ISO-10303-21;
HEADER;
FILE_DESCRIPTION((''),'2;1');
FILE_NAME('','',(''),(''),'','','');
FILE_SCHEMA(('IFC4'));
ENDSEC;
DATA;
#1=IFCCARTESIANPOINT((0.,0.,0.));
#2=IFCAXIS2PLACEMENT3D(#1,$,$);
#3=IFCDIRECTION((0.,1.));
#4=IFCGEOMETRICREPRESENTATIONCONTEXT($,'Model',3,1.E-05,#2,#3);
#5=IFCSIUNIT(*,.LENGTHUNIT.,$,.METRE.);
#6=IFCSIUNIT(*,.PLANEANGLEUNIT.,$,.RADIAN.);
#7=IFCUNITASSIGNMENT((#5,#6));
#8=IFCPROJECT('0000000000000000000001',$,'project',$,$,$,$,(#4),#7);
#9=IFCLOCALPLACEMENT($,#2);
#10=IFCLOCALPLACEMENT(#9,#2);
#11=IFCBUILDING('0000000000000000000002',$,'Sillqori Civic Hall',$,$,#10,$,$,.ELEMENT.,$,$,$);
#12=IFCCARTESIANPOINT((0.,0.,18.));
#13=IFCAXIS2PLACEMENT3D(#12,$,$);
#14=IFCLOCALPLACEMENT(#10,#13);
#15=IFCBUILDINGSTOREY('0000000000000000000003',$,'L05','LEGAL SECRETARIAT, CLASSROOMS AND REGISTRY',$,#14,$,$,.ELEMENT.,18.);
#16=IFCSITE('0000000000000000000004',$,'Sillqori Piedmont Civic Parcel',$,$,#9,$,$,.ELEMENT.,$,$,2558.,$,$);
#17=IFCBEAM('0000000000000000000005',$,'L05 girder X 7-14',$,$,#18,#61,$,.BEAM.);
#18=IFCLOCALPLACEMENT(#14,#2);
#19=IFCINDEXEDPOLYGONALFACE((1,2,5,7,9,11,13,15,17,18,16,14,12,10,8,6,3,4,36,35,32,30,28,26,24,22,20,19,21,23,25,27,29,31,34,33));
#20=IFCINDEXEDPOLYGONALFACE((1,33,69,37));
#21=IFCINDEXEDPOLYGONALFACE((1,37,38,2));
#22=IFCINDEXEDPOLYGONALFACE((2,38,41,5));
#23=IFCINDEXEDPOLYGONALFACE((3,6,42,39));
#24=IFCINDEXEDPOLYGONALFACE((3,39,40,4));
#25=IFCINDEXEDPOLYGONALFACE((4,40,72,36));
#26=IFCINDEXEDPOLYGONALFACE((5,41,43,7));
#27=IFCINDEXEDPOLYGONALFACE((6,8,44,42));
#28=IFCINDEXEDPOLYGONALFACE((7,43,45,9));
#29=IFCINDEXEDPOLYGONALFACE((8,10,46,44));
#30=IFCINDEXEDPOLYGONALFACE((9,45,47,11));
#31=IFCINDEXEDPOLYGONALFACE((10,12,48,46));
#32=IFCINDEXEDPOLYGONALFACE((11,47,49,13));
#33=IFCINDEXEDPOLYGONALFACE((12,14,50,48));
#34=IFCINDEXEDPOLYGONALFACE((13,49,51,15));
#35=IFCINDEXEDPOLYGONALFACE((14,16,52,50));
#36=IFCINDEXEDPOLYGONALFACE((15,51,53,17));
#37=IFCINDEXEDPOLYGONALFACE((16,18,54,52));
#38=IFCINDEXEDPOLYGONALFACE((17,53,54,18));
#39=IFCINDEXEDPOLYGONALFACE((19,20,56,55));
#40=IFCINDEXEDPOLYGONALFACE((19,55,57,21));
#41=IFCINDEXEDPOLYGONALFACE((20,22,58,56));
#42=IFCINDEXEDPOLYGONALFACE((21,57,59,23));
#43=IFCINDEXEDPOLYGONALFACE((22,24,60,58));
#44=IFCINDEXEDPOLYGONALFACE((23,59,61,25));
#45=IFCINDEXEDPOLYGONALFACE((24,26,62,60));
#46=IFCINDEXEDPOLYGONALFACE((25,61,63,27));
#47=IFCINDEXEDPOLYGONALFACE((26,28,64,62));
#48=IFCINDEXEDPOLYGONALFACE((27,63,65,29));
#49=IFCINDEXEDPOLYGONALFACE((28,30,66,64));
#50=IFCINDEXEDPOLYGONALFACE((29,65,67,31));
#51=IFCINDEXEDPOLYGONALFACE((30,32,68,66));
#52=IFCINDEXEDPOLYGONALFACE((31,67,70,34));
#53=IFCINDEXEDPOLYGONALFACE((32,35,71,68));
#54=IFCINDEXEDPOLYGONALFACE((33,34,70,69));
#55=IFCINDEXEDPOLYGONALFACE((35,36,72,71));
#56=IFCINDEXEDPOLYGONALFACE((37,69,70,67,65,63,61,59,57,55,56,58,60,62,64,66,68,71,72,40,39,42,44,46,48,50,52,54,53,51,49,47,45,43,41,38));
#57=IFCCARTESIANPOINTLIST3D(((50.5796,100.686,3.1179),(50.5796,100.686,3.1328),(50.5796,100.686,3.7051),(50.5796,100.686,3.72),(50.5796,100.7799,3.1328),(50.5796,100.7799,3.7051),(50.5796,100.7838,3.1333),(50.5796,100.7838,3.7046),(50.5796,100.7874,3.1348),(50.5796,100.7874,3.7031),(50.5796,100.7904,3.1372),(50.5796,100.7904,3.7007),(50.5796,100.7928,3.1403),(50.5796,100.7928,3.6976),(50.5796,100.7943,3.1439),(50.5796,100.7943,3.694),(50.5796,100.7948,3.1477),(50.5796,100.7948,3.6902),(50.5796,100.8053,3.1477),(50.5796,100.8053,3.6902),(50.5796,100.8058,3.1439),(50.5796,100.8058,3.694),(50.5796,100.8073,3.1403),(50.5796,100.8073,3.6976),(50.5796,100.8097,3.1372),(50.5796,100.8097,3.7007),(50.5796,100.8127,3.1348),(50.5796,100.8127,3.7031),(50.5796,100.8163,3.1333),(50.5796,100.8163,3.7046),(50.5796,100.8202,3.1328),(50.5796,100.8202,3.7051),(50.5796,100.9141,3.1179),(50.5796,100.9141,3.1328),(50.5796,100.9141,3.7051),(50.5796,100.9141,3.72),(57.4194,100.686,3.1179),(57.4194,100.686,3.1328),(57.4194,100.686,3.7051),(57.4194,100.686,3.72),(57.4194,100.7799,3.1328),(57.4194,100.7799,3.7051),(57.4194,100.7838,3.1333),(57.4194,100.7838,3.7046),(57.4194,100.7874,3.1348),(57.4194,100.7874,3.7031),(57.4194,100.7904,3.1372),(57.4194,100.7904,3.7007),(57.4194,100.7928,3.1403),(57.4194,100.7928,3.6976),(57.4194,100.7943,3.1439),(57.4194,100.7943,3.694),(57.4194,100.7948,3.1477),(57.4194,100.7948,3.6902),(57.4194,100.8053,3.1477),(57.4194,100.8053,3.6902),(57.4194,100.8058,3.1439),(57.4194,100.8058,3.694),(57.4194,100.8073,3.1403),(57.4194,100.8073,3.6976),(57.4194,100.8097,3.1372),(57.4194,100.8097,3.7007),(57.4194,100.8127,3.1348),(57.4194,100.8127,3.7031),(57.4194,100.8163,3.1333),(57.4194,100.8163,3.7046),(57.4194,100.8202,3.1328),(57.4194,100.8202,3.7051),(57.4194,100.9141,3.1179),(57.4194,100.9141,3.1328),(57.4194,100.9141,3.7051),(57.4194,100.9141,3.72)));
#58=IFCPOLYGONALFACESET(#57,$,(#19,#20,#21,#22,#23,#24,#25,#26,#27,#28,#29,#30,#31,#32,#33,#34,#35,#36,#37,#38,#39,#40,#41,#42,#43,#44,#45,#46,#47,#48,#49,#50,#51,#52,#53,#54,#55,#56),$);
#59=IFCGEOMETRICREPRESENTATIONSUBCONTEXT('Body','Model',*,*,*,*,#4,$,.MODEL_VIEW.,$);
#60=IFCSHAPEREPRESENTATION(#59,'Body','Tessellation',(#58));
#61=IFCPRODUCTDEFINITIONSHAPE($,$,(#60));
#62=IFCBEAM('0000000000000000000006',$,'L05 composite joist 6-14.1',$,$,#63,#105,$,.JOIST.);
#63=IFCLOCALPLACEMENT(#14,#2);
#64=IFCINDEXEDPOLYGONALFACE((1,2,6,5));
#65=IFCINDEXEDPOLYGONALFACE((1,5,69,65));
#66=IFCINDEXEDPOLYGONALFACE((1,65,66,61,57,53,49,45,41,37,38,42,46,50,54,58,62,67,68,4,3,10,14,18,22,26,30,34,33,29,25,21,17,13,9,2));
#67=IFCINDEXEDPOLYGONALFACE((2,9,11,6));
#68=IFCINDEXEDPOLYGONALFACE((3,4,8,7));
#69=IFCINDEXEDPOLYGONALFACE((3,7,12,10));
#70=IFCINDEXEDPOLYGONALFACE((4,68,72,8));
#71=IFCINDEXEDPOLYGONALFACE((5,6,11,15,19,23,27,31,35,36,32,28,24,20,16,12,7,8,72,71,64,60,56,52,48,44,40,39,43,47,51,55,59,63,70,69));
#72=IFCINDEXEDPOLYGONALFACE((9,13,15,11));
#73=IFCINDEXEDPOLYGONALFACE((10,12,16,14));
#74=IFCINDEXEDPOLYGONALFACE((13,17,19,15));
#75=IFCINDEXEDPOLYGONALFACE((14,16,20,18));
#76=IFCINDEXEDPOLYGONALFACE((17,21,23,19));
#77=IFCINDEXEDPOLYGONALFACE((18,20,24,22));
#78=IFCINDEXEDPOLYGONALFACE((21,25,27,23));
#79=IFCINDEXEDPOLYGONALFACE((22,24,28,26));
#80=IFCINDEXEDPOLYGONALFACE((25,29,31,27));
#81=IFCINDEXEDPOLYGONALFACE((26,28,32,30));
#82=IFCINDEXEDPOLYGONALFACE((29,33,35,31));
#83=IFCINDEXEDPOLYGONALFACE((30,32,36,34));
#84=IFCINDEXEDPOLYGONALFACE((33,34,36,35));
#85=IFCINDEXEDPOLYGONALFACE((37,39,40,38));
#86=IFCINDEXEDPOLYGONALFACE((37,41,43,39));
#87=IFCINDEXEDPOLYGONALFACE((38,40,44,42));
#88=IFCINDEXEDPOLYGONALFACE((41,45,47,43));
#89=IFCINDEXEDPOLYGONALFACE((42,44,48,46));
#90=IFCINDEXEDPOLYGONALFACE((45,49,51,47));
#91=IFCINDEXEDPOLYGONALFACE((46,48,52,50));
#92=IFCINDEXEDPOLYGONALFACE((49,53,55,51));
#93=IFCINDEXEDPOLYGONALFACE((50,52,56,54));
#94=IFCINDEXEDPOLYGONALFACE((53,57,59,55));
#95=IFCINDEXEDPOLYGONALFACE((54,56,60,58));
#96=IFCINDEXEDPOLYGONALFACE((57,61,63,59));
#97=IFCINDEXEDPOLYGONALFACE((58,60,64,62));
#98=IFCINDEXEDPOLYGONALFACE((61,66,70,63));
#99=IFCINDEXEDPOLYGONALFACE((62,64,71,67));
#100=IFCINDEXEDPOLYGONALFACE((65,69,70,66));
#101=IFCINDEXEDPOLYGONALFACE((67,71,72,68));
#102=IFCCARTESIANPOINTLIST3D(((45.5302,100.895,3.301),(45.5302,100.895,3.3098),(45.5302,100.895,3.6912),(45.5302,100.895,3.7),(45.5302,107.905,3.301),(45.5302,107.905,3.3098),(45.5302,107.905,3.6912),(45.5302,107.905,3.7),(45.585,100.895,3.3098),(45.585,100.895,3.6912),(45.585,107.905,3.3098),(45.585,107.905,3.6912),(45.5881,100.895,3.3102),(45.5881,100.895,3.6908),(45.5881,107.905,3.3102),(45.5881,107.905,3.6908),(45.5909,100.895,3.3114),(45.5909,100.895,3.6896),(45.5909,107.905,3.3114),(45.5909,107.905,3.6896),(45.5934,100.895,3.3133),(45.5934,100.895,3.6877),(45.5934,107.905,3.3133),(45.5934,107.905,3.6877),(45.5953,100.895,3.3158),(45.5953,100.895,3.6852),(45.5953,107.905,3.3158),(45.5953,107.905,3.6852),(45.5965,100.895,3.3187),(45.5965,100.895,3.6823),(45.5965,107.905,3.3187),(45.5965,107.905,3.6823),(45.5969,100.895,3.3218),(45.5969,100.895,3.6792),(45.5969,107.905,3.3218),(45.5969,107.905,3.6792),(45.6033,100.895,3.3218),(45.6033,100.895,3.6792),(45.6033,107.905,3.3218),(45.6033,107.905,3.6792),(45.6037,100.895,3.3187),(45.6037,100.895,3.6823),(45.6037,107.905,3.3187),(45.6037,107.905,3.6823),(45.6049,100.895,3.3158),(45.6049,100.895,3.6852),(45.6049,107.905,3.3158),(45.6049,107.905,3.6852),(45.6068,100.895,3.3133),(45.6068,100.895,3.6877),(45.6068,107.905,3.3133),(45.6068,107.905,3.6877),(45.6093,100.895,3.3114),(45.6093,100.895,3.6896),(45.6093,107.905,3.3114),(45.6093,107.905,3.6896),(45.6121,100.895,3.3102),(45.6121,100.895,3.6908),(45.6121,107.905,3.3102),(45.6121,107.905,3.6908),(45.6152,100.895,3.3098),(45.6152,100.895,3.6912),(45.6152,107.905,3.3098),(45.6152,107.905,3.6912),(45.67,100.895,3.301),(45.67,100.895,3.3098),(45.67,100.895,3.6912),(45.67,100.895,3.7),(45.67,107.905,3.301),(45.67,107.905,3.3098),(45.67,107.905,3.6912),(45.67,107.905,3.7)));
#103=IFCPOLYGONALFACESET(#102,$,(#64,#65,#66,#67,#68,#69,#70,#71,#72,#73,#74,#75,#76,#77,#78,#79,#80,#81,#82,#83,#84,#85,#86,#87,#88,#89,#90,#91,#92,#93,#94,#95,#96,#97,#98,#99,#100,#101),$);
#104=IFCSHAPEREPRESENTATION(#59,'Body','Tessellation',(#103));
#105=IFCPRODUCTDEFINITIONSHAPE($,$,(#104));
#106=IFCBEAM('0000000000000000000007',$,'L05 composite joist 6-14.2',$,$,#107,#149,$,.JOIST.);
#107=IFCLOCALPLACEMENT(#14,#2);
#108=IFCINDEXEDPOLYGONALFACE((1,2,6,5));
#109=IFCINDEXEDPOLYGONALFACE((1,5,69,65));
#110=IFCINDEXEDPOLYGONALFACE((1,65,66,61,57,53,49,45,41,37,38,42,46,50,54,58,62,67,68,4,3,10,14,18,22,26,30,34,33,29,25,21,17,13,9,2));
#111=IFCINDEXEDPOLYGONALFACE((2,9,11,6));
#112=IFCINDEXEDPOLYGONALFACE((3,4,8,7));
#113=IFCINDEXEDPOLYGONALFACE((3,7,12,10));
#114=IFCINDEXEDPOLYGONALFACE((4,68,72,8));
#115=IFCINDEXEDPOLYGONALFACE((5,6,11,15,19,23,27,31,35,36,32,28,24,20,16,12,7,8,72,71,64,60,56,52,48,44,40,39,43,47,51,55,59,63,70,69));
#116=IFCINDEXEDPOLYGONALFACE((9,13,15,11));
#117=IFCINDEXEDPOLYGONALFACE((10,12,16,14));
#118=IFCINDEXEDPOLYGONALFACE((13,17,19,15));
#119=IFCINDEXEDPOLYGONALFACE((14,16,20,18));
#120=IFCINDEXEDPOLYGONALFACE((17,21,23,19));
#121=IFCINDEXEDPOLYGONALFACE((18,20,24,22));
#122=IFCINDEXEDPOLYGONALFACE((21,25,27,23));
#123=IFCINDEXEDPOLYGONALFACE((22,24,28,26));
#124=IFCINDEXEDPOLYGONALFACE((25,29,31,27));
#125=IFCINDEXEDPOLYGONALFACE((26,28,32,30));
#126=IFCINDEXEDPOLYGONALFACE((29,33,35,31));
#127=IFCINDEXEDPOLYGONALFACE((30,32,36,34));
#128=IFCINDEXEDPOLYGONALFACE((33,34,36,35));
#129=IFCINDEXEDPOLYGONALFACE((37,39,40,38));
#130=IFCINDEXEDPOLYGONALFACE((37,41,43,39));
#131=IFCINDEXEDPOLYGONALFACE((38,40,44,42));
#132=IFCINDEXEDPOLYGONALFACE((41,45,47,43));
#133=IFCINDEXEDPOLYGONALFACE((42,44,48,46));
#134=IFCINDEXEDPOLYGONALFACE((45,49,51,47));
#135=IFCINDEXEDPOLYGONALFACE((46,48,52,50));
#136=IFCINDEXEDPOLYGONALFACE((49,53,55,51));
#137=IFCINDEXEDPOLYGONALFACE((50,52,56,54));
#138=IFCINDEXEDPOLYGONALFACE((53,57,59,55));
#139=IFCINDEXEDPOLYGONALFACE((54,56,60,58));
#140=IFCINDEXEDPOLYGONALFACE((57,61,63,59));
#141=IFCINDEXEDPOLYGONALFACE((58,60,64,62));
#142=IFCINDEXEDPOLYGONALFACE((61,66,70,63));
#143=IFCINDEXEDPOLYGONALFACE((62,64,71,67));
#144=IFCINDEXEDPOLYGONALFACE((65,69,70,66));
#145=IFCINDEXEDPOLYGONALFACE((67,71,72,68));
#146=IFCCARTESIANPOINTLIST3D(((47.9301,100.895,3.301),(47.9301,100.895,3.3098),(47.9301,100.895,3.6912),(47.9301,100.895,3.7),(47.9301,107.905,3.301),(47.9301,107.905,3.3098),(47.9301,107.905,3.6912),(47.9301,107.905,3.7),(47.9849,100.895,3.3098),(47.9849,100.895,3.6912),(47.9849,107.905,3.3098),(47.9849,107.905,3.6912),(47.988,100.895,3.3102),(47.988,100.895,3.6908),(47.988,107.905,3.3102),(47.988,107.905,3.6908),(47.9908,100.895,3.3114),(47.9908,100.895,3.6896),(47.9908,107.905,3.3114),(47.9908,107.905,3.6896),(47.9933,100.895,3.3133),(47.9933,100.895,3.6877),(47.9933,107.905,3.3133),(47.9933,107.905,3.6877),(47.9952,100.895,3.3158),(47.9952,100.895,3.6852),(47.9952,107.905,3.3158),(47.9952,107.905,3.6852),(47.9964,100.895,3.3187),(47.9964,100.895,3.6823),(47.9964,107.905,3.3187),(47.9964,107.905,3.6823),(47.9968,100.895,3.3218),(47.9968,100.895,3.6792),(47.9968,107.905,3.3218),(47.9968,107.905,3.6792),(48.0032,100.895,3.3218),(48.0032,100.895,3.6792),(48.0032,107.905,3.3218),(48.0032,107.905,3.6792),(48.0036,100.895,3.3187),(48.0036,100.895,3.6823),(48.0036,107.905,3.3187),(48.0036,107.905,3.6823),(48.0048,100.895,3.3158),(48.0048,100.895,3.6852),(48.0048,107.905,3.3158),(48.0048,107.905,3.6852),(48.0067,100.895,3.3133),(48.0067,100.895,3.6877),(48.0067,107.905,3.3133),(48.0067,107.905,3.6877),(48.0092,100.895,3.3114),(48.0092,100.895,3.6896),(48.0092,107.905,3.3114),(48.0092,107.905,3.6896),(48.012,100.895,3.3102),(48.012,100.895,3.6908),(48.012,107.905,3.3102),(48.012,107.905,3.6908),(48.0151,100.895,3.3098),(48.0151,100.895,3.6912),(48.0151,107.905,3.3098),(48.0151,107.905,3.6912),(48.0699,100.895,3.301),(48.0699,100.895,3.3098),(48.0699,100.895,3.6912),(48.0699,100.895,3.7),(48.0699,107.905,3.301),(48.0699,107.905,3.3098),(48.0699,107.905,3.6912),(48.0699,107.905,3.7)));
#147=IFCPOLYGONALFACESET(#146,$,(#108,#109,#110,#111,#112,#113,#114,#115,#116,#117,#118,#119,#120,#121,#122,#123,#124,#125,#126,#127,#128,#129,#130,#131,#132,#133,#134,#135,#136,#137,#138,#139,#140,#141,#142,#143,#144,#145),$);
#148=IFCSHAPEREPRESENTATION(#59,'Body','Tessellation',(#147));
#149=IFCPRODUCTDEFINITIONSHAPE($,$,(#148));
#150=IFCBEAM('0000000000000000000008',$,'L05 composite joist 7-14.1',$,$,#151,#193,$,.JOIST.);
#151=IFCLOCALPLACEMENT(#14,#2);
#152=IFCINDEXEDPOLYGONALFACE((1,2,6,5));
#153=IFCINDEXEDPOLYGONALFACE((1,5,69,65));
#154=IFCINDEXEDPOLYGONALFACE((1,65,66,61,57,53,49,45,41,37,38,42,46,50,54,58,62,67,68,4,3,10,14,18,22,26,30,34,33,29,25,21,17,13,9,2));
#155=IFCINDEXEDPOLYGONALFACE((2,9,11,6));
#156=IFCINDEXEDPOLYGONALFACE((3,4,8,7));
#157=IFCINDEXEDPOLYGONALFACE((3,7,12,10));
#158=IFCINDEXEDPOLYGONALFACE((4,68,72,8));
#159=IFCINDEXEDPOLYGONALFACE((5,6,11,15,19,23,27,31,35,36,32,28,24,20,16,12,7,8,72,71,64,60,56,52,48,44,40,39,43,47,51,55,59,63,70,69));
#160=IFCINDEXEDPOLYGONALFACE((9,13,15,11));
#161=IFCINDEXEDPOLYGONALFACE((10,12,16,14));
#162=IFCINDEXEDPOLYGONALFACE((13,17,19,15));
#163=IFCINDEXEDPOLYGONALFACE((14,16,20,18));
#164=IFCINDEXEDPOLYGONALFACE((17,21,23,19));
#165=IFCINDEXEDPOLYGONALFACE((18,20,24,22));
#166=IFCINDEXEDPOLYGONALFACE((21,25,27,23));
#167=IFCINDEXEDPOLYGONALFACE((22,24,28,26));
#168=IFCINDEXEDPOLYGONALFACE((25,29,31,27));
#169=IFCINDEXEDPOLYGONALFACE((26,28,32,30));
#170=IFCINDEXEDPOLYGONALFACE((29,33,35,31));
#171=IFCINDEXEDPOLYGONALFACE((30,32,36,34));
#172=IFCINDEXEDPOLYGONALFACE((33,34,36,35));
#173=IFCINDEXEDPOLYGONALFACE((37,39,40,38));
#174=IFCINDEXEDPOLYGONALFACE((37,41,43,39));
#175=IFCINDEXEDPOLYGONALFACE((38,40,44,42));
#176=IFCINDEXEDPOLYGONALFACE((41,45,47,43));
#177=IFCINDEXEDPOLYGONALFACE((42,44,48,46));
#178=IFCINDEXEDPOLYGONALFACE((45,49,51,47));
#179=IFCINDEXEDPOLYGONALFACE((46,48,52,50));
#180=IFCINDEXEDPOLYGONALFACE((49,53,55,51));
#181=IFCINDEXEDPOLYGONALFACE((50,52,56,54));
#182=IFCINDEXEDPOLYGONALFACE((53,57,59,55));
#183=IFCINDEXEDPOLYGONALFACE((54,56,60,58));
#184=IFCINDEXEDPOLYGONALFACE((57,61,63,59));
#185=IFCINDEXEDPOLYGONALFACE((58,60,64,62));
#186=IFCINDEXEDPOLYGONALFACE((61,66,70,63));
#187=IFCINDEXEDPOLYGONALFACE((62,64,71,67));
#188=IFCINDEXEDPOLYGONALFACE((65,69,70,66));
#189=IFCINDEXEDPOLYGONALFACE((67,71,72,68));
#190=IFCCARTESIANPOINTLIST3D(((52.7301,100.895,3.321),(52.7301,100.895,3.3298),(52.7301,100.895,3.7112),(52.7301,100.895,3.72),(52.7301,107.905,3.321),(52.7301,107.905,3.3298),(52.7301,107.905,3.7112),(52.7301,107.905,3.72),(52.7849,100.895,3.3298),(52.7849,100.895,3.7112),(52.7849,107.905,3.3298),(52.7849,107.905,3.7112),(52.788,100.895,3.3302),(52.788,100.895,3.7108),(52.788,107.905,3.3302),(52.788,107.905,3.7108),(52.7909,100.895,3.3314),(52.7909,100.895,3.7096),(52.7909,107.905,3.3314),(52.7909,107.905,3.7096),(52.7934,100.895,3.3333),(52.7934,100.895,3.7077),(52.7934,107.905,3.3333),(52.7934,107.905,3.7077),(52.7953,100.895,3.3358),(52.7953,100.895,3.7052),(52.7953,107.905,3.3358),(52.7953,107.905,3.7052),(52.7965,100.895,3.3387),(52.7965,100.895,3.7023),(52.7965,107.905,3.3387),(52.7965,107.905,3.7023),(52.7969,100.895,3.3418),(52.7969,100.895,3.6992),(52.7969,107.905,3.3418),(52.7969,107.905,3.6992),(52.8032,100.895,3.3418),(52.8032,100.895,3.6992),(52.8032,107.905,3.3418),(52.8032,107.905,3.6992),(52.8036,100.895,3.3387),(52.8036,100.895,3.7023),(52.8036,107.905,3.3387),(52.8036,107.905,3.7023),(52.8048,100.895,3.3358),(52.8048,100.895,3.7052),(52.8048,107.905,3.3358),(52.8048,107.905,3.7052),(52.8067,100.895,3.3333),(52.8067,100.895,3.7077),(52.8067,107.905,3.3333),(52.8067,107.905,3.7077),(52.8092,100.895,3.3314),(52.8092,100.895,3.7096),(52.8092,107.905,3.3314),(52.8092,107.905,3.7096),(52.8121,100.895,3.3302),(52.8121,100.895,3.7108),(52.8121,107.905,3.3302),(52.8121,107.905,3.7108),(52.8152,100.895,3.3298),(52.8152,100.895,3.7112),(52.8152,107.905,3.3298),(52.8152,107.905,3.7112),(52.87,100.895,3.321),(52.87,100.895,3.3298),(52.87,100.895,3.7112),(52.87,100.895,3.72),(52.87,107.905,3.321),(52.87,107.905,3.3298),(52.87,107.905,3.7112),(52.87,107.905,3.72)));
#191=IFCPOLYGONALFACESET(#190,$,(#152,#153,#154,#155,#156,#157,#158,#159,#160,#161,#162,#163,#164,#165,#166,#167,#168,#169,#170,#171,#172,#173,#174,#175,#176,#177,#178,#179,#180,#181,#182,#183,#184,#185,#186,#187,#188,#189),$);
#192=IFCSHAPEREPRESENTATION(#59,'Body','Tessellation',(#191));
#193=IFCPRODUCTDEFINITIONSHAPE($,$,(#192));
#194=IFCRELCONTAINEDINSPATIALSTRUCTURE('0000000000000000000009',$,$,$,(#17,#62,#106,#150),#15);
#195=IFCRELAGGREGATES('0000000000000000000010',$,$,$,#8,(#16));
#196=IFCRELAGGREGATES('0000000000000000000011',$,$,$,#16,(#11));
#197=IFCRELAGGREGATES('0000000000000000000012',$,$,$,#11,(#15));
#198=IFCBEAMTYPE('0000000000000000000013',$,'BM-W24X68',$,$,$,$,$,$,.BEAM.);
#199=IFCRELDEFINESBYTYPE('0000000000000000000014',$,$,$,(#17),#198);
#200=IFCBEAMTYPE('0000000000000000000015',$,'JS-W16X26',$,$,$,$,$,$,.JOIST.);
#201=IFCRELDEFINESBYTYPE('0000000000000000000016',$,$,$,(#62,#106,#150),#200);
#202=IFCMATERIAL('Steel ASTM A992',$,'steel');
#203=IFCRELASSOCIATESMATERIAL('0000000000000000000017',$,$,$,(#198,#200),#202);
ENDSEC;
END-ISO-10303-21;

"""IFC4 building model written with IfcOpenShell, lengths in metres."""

from ifc_helpers import new_model, si_unit, direction, frame, origin, origin_2d, place, context, subcontext, project, spatial, i_section, extrude, material, material_profile, profile_set, type_object, element, save


model = new_model("IFC4")

# Units and contexts
model_context = context("Model", 3, precision=1e-05, world=origin(), true_north=direction((0.0, 1.0)))
body_context = subcontext(model_context, "Body", "Model", "MODEL_VIEW")
ifc_project = project(units=[si_unit("LENGTHUNIT", "METRE"), si_unit("PLANEANGLEUNIT", "RADIAN")], contexts=[model_context])

# Site, building, storey
site_placement = place(None, origin())
site = spatial("IfcSite", under=ifc_project, at=site_placement, Name="Sillqori Piedmont Civic Parcel", CompositionType="ELEMENT", RefElevation=2558.0)
building_placement = place(site_placement, origin())
building = spatial("IfcBuilding", under=site, at=building_placement, Name="Sillqori Civic Hall", CompositionType="ELEMENT")
storey_placement = place(building_placement, frame((0.0, 0.0, 18.0)))
storey = spatial("IfcBuildingStorey", under=building, at=storey_placement, Name="L05", Description="LEGAL SECRETARIAT, CLASSROOMS AND REGISTRY", CompositionType="ELEMENT", Elevation=18.0)

# Shared definitions
ifc_material_1 = material(Name="Steel ASTM A992", Category="steel")

# Beams
ifc_material_profile_1 = material_profile(ifc_material_1, i_section(OverallWidth=0.228, OverallDepth=0.6021, WebThickness=0.0105, FlangeThickness=0.0149, FilletRadius=0.0149, at=origin_2d()), Name="W24X68")
ifc_profile_set_1 = profile_set([ifc_material_profile_1], Name="Steel ASTM A992")
beam_type_1 = type_object("IfcBeamType", Name="BM-W24X68", PredefinedType="BEAM", material=ifc_profile_set_1)
beam_1_placement = place(storey_placement, frame((50.5796, 100.8, 3.4189), z_axis=(1.0, 0.0, 0.0), x_axis=(0.0, 1.0, 0.0)))
element("IfcBeam", 1, at=beam_1_placement, inside=storey, type_object=beam_type_1, Name="L05 girder X 7-14", PredefinedType="BEAM", context=body_context, shape_type="SweptSolid", body=[
    extrude(i_section(OverallWidth=0.228, OverallDepth=0.6021, WebThickness=0.0105, FlangeThickness=0.0149, FilletRadius=0.0149, at=origin_2d()), origin(), (0.0, 0.0, 1.0), 6.8398),
])
ifc_material_profile_2 = material_profile(ifc_material_1, i_section(OverallWidth=0.1399, OverallDepth=0.3989, WebThickness=0.0063, FlangeThickness=0.0088, FilletRadius=0.012, at=origin_2d()), Name="W16X26")
ifc_profile_set_2 = profile_set([ifc_material_profile_2], Name="Steel ASTM A992")
beam_type_2 = type_object("IfcBeamType", Name="JS-W16X26", PredefinedType="JOIST", material=ifc_profile_set_2)
for number, where, z_axis, x_axis, name in (
    (2, (45.6001, 100.895, 3.5005), (0.0, 1.0, 0.0), (-1.0, 0.0, 0.0), "L05 composite joist 6-14.1"),
    (3, (48.0, 100.895, 3.5005), (0.0, 1.0, 0.0), (-1.0, 0.0, 0.0), "L05 composite joist 6-14.2"),
    (4, (52.8, 100.895, 3.5205), (0.0, 1.0, 0.0), (-1.0, 0.0, 0.0), "L05 composite joist 7-14.1"),
):
    element("IfcBeam", number, at=place(storey_placement, frame(where, z_axis=z_axis, x_axis=x_axis)), inside=storey, type_object=beam_type_2, Name=name, PredefinedType="JOIST", context=body_context, shape_type="SweptSolid", body=[
        extrude(i_section(OverallWidth=0.1399, OverallDepth=0.3989, WebThickness=0.0063, FlangeThickness=0.0088, FilletRadius=0.012, at=origin_2d()), origin(), (0.0, 0.0, 1.0), 7.01),
    ])

save(model, "model.ifc")
